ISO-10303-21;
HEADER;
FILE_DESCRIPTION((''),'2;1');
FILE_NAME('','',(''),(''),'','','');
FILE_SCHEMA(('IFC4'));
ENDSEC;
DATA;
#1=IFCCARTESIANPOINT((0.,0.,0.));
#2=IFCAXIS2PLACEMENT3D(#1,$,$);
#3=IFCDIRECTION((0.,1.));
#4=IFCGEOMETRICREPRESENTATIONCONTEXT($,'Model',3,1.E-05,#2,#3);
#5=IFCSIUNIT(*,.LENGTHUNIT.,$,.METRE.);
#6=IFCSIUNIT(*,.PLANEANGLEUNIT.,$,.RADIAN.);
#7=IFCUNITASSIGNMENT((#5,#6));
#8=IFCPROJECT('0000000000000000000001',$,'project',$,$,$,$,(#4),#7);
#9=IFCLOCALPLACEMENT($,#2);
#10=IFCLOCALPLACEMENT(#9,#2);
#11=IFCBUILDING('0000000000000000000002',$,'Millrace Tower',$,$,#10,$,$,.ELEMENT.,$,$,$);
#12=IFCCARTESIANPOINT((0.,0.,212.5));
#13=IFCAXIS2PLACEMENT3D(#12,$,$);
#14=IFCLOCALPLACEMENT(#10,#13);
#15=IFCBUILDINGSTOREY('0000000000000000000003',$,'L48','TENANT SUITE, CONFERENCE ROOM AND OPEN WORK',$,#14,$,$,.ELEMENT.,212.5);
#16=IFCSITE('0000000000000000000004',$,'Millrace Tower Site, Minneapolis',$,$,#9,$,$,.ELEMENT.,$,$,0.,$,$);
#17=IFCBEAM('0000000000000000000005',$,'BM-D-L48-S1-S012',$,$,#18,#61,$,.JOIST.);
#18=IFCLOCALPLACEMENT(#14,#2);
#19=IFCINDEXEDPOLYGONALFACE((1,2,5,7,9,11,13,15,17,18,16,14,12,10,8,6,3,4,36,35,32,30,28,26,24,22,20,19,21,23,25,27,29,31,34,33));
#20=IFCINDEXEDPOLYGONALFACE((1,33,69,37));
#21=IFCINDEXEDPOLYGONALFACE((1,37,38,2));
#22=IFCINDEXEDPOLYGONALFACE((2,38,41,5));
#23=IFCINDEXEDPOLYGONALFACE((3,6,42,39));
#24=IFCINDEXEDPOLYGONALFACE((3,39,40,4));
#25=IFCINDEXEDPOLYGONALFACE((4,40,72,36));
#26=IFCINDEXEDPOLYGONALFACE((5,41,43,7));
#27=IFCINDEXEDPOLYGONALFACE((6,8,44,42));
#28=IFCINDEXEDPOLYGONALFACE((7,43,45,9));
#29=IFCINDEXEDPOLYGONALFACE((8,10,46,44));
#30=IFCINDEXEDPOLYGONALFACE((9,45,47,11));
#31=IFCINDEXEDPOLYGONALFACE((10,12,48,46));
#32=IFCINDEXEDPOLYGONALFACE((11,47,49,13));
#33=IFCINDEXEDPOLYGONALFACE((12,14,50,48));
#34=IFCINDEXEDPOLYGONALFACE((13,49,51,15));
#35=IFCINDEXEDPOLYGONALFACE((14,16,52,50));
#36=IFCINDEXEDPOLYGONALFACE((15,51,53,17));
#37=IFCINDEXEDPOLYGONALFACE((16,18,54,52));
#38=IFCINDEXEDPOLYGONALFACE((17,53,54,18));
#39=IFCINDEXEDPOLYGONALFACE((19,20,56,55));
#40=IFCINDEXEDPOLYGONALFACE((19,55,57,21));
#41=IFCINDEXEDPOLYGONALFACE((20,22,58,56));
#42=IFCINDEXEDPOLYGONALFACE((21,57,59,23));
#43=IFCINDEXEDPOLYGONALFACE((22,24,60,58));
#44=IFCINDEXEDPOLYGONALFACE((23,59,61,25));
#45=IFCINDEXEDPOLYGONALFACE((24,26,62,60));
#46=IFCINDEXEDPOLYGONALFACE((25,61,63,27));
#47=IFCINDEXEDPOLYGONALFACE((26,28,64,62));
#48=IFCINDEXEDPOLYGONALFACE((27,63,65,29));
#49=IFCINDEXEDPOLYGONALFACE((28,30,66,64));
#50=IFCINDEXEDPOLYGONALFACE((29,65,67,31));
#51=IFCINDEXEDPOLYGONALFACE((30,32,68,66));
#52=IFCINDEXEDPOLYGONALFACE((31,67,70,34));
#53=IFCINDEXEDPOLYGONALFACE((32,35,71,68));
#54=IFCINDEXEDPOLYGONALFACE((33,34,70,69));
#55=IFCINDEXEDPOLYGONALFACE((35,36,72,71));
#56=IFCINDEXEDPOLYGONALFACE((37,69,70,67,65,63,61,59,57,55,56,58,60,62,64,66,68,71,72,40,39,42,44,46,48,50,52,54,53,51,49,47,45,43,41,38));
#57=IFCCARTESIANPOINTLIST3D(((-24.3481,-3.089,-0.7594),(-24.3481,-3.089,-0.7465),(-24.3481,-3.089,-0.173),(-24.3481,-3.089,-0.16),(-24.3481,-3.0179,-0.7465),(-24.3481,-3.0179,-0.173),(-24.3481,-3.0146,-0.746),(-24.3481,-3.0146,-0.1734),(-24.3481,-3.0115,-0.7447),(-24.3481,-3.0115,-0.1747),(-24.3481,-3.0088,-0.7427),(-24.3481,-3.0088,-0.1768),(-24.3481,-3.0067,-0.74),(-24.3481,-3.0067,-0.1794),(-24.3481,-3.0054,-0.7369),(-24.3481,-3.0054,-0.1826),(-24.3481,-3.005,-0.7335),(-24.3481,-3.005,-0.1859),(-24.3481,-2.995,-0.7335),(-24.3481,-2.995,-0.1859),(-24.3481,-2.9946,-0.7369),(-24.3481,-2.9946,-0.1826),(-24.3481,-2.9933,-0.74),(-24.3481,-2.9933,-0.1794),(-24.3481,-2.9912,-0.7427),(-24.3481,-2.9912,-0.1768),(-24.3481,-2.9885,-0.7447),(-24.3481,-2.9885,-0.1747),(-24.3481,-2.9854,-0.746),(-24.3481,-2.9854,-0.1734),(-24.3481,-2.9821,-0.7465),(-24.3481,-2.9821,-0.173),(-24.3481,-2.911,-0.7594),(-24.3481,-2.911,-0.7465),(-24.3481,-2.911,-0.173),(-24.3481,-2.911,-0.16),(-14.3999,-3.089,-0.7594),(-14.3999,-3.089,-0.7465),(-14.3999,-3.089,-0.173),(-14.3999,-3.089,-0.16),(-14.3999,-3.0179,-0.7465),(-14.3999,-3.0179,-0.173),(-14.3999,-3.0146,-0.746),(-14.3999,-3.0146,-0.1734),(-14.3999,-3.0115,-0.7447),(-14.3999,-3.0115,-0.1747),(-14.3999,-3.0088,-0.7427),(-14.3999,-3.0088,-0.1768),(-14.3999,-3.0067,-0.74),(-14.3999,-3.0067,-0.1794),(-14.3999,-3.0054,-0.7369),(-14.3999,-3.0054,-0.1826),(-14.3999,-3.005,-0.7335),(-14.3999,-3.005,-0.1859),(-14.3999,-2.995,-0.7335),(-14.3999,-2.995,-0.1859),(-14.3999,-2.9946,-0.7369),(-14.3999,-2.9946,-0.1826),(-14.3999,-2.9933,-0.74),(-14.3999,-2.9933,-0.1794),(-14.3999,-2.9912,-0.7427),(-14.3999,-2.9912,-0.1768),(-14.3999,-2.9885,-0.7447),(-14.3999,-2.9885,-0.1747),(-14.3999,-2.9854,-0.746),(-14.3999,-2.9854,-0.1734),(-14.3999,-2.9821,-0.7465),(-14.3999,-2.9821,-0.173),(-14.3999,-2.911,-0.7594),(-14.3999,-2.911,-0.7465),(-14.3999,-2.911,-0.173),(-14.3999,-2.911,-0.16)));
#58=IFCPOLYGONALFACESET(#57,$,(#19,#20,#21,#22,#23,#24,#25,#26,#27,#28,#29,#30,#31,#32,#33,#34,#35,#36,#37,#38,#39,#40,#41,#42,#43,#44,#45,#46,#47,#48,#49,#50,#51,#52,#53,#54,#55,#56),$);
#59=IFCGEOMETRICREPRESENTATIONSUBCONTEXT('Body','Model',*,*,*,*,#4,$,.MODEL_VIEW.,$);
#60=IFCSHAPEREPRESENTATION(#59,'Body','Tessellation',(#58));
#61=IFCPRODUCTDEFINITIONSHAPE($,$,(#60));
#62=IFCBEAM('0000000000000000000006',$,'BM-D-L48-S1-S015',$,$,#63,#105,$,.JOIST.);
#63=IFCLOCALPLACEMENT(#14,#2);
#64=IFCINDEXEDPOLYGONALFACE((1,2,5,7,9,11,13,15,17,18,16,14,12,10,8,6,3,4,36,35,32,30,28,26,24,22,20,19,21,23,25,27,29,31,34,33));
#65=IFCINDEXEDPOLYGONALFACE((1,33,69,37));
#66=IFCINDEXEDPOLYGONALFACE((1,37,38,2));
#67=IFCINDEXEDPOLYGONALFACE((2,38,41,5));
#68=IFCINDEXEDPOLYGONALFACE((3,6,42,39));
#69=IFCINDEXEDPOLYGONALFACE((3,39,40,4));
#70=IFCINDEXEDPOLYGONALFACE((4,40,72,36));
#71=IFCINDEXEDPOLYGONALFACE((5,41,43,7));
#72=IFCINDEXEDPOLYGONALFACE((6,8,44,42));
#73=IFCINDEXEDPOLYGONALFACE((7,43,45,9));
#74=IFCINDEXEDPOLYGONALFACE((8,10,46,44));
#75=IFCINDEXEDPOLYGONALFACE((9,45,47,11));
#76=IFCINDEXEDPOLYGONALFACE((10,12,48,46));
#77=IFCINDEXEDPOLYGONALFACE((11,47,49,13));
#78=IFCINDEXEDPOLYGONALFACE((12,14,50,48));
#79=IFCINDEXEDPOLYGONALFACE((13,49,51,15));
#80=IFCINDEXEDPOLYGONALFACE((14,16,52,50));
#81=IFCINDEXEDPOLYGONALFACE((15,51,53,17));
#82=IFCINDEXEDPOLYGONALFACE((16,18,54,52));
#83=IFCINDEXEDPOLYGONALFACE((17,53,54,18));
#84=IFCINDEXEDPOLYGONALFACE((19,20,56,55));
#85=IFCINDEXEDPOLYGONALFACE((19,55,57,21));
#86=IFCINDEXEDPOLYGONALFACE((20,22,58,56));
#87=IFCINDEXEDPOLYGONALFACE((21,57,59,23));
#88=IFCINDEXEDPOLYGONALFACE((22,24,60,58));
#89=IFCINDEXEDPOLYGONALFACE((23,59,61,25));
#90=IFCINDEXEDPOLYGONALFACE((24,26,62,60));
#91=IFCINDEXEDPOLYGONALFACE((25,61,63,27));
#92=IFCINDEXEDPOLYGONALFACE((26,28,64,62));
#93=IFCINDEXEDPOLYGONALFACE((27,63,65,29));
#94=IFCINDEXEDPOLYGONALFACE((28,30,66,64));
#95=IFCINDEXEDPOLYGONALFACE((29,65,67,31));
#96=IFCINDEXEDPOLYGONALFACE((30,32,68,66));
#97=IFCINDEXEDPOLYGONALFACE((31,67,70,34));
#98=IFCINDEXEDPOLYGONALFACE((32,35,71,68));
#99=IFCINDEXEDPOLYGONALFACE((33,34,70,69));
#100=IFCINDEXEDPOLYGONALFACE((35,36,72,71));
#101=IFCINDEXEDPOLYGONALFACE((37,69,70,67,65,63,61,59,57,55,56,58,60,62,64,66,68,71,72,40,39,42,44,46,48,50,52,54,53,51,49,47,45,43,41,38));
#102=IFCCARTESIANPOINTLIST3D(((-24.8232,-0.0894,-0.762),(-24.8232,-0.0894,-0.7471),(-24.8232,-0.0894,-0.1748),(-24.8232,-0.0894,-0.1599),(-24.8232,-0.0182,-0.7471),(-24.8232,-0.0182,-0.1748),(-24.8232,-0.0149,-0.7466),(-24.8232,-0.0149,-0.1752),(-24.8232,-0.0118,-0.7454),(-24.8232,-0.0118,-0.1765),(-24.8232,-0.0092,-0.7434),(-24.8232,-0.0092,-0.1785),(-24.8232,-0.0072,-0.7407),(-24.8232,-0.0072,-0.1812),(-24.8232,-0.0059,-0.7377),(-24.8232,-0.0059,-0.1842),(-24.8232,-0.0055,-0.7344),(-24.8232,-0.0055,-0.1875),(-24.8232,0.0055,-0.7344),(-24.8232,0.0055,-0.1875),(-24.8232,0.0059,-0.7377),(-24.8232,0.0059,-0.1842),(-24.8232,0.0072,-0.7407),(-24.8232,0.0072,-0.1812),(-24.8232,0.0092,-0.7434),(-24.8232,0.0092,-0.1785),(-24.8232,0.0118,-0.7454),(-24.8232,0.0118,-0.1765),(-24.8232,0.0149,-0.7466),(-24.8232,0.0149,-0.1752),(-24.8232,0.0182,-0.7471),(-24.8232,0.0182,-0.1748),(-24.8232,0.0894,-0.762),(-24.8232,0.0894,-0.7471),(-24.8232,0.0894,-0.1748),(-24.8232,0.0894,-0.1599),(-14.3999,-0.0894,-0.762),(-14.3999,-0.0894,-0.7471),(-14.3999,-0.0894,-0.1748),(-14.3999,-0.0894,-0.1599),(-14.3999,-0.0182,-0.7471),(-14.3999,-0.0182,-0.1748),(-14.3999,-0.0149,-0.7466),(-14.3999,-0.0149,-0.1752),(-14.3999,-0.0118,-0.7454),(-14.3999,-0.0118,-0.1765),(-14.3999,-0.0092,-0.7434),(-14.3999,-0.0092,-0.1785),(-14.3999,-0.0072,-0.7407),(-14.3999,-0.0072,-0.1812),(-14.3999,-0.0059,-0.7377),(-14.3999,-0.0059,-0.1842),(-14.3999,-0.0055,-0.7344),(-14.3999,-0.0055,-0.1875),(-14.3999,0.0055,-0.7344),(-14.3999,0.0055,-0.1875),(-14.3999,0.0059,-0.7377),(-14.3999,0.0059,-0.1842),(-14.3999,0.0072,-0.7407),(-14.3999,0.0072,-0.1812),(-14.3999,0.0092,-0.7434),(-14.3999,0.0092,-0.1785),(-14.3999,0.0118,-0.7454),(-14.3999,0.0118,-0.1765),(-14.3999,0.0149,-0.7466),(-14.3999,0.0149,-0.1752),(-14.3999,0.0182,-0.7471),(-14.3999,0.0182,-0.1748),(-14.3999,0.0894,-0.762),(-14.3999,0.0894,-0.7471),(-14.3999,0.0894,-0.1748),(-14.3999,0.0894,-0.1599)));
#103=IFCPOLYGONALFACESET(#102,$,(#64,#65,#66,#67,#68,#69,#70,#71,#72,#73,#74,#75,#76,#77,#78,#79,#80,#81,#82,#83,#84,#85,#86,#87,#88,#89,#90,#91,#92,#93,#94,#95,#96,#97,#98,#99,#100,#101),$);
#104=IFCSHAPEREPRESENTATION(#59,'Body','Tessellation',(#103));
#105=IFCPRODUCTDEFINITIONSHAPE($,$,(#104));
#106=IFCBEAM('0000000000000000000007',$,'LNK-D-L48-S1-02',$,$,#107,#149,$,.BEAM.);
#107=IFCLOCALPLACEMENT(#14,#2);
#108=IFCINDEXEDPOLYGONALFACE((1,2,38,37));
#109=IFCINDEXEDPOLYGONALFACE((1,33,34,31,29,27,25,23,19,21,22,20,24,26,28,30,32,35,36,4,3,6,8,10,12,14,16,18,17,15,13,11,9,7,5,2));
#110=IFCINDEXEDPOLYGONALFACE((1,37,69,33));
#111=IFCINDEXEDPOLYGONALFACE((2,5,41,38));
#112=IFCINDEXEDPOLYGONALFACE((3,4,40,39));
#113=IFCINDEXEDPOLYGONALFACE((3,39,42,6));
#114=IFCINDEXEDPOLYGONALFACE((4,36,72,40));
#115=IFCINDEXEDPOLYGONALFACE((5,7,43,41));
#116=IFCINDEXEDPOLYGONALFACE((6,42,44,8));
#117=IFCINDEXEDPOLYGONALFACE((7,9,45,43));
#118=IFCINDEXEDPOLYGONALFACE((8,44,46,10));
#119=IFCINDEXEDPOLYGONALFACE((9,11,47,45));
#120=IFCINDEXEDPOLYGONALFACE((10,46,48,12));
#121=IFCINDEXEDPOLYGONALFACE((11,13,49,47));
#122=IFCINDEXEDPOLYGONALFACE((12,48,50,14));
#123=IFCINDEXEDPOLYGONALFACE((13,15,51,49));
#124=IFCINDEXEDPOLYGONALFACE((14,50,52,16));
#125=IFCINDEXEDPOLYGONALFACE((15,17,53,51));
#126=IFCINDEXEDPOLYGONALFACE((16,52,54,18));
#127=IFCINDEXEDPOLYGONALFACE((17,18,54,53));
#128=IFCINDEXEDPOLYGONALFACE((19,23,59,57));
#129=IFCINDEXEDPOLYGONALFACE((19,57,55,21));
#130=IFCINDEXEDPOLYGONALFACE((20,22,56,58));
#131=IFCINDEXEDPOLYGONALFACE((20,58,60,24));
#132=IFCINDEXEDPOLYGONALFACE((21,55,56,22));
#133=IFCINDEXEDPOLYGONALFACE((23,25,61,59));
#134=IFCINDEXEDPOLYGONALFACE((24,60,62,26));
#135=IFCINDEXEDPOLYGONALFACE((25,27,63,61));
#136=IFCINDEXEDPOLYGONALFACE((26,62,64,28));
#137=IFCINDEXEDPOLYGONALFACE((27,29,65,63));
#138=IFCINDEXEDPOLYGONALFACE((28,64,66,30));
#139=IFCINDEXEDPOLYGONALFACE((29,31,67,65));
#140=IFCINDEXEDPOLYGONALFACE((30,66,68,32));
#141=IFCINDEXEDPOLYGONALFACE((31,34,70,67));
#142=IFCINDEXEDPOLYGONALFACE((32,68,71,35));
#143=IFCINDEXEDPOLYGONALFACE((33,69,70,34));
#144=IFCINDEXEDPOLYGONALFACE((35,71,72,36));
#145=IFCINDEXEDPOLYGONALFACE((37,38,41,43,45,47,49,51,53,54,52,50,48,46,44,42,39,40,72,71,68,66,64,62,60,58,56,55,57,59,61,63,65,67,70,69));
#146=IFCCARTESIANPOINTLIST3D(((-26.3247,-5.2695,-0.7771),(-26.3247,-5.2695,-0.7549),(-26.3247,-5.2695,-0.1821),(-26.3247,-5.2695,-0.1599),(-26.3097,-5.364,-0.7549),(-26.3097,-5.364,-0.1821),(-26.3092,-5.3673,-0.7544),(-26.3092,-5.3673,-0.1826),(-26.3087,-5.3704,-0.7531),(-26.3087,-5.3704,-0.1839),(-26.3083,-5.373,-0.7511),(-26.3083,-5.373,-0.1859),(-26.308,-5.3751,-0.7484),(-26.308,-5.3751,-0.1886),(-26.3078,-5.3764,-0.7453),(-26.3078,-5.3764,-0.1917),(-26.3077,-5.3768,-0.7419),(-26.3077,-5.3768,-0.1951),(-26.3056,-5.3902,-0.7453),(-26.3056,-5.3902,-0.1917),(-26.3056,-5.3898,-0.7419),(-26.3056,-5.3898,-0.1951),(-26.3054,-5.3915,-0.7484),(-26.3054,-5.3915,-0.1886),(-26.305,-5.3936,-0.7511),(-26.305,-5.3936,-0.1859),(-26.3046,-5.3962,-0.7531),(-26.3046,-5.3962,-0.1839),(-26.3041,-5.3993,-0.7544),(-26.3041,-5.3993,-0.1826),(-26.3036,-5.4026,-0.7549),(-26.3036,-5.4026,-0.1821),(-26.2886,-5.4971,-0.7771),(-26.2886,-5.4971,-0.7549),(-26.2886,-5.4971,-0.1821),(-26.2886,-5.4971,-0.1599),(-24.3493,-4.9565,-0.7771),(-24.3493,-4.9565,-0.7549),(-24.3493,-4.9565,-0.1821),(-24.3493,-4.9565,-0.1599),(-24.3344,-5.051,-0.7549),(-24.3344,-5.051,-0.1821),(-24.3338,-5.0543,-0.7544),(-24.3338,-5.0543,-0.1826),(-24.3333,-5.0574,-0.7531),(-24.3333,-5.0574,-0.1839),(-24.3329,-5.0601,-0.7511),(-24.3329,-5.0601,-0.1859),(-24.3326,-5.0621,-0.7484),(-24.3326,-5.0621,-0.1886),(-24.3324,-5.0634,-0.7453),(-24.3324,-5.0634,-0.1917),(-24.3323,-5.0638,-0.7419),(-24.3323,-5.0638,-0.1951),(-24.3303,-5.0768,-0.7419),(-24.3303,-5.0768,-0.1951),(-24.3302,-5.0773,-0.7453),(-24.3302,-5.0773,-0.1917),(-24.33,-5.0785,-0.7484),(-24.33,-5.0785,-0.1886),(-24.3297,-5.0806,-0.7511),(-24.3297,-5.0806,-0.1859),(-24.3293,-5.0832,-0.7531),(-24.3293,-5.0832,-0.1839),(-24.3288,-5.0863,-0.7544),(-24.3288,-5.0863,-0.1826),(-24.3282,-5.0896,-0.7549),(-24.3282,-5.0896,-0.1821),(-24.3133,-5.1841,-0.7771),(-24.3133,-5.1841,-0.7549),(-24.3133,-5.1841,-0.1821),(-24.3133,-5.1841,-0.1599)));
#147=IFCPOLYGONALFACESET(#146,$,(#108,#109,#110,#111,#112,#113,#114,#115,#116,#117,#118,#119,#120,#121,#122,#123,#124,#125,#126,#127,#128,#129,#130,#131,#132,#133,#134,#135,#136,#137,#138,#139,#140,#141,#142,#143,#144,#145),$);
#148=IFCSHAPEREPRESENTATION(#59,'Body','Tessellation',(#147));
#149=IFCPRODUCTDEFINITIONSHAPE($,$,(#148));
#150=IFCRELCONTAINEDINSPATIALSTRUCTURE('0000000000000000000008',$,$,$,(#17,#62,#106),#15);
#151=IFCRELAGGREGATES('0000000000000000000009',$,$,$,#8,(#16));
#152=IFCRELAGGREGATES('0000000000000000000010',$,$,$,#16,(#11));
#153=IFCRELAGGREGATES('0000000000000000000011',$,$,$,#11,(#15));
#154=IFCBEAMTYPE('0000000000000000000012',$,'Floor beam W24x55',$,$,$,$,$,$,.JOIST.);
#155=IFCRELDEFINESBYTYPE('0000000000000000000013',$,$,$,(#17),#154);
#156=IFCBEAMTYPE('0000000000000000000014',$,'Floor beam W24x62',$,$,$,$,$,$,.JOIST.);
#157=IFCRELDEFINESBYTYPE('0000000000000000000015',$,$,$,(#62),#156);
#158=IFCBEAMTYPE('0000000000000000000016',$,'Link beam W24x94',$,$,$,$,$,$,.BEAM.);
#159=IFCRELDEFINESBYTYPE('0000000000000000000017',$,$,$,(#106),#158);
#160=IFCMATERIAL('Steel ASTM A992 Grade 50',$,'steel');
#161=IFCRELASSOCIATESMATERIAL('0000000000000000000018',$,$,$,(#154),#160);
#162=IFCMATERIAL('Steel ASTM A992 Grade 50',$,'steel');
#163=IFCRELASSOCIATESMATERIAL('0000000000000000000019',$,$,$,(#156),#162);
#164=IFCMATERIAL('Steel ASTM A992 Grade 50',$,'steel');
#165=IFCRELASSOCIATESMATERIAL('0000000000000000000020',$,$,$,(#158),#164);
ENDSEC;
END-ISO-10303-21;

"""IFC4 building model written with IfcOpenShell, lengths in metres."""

from ifc_helpers import new_model, si_unit, direction, frame, origin, origin_2d, place, context, subcontext, project, spatial, i_section, extrude, material, material_profile, profile_set, type_object, element, save


model = new_model("IFC4")

# Units and contexts
model_context = context("Model", 3, precision=1e-05, world=origin(), true_north=direction((0.0, 1.0)))
body_context = subcontext(model_context, "Body", "Model", "MODEL_VIEW")
ifc_project = project(units=[si_unit("LENGTHUNIT", "METRE"), si_unit("PLANEANGLEUNIT", "RADIAN")], contexts=[model_context])

# Site, building, storey
site_placement = place(None, origin())
site = spatial("IfcSite", under=ifc_project, at=site_placement, Name="Millrace Tower Site, Minneapolis", CompositionType="ELEMENT", RefElevation=0.0)
building_placement = place(site_placement, origin())
building = spatial("IfcBuilding", under=site, at=building_placement, Name="Millrace Tower", CompositionType="ELEMENT")
storey_placement = place(building_placement, frame((0.0, 0.0, 212.5)))
storey = spatial("IfcBuildingStorey", under=building, at=storey_placement, Name="L48", Description="TENANT SUITE, CONFERENCE ROOM AND OPEN WORK", CompositionType="ELEMENT", Elevation=212.5)

# Beams
ifc_material_1 = material(Name="Steel ASTM A992 Grade 50", Category="steel")
ifc_material_profile_1 = material_profile(ifc_material_1, i_section(OverallWidth=0.178, OverallDepth=0.5994, WebThickness=0.01, FlangeThickness=0.0129, FilletRadius=0.0129, at=origin_2d()))
ifc_profile_set_1 = profile_set([ifc_material_profile_1], Name="Steel ASTM A992 Grade 50")
beam_type_1 = type_object("IfcBeamType", Name="Floor beam W24x55", PredefinedType="JOIST", material=ifc_profile_set_1)
beam_1_placement = place(storey_placement, frame((-24.3481, -3.0, -0.4597), z_axis=(1.0, 0.0, 0.0), x_axis=(0.0, 1.0, 0.0)))
element("IfcBeam", 1, at=beam_1_placement, inside=storey, type_object=beam_type_1, Name="BM-D-L48-S1-S012", PredefinedType="JOIST", context=body_context, shape_type="SweptSolid", body=[
    extrude(i_section(OverallWidth=0.178, OverallDepth=0.5994, WebThickness=0.01, FlangeThickness=0.0129, FilletRadius=0.0129, at=origin_2d()), origin(), (0.0, 0.0, 1.0), 9.9482),
])
ifc_material_2 = material(Name="Steel ASTM A992 Grade 50", Category="steel")
ifc_material_profile_2 = material_profile(ifc_material_2, i_section(OverallWidth=0.1787, OverallDepth=0.6021, WebThickness=0.011, FlangeThickness=0.0149, FilletRadius=0.0127, at=origin_2d()))
ifc_profile_set_2 = profile_set([ifc_material_profile_2], Name="Steel ASTM A992 Grade 50")
beam_type_2 = type_object("IfcBeamType", Name="Floor beam W24x62", PredefinedType="JOIST", material=ifc_profile_set_2)
beam_2_placement = place(storey_placement, frame((-24.8232, 0.0, -0.4609), z_axis=(1.0, 0.0, 0.0), x_axis=(0.0, 1.0, 0.0)))
element("IfcBeam", 2, at=beam_2_placement, inside=storey, type_object=beam_type_2, Name="BM-D-L48-S1-S015", PredefinedType="JOIST", context=body_context, shape_type="SweptSolid", body=[
    extrude(i_section(OverallWidth=0.1787, OverallDepth=0.6021, WebThickness=0.011, FlangeThickness=0.0149, FilletRadius=0.0127, at=origin_2d()), origin(), (0.0, 0.0, 1.0), 10.4233),
])
ifc_material_3 = material(Name="Steel ASTM A992 Grade 50", Category="steel")
ifc_material_profile_3 = material_profile(ifc_material_3, i_section(OverallWidth=0.2305, OverallDepth=0.6172, WebThickness=0.0132, FlangeThickness=0.0222, FilletRadius=0.0129, at=origin_2d()))
ifc_profile_set_3 = profile_set([ifc_material_profile_3], Name="Steel ASTM A992 Grade 50")
beam_type_3 = type_object("IfcBeamType", Name="Link beam W24x94", PredefinedType="BEAM", material=ifc_profile_set_3)
beam_3_placement = place(storey_placement, frame((-24.3313, -5.0703, -0.4685), z_axis=(-0.987679, -0.156495, 0.0), x_axis=(0.156495, -0.987679, 0.0)))
element("IfcBeam", 3, at=beam_3_placement, inside=storey, type_object=beam_type_3, Name="LNK-D-L48-S1-02", PredefinedType="BEAM", context=body_context, shape_type="SweptSolid", body=[
    extrude(i_section(OverallWidth=0.2305, OverallDepth=0.6172, WebThickness=0.0132, FlangeThickness=0.0222, FilletRadius=0.0129, at=origin_2d()), origin(), (0.0, 0.0, 1.0), 2.0),
])

save(model, "model.ifc")
